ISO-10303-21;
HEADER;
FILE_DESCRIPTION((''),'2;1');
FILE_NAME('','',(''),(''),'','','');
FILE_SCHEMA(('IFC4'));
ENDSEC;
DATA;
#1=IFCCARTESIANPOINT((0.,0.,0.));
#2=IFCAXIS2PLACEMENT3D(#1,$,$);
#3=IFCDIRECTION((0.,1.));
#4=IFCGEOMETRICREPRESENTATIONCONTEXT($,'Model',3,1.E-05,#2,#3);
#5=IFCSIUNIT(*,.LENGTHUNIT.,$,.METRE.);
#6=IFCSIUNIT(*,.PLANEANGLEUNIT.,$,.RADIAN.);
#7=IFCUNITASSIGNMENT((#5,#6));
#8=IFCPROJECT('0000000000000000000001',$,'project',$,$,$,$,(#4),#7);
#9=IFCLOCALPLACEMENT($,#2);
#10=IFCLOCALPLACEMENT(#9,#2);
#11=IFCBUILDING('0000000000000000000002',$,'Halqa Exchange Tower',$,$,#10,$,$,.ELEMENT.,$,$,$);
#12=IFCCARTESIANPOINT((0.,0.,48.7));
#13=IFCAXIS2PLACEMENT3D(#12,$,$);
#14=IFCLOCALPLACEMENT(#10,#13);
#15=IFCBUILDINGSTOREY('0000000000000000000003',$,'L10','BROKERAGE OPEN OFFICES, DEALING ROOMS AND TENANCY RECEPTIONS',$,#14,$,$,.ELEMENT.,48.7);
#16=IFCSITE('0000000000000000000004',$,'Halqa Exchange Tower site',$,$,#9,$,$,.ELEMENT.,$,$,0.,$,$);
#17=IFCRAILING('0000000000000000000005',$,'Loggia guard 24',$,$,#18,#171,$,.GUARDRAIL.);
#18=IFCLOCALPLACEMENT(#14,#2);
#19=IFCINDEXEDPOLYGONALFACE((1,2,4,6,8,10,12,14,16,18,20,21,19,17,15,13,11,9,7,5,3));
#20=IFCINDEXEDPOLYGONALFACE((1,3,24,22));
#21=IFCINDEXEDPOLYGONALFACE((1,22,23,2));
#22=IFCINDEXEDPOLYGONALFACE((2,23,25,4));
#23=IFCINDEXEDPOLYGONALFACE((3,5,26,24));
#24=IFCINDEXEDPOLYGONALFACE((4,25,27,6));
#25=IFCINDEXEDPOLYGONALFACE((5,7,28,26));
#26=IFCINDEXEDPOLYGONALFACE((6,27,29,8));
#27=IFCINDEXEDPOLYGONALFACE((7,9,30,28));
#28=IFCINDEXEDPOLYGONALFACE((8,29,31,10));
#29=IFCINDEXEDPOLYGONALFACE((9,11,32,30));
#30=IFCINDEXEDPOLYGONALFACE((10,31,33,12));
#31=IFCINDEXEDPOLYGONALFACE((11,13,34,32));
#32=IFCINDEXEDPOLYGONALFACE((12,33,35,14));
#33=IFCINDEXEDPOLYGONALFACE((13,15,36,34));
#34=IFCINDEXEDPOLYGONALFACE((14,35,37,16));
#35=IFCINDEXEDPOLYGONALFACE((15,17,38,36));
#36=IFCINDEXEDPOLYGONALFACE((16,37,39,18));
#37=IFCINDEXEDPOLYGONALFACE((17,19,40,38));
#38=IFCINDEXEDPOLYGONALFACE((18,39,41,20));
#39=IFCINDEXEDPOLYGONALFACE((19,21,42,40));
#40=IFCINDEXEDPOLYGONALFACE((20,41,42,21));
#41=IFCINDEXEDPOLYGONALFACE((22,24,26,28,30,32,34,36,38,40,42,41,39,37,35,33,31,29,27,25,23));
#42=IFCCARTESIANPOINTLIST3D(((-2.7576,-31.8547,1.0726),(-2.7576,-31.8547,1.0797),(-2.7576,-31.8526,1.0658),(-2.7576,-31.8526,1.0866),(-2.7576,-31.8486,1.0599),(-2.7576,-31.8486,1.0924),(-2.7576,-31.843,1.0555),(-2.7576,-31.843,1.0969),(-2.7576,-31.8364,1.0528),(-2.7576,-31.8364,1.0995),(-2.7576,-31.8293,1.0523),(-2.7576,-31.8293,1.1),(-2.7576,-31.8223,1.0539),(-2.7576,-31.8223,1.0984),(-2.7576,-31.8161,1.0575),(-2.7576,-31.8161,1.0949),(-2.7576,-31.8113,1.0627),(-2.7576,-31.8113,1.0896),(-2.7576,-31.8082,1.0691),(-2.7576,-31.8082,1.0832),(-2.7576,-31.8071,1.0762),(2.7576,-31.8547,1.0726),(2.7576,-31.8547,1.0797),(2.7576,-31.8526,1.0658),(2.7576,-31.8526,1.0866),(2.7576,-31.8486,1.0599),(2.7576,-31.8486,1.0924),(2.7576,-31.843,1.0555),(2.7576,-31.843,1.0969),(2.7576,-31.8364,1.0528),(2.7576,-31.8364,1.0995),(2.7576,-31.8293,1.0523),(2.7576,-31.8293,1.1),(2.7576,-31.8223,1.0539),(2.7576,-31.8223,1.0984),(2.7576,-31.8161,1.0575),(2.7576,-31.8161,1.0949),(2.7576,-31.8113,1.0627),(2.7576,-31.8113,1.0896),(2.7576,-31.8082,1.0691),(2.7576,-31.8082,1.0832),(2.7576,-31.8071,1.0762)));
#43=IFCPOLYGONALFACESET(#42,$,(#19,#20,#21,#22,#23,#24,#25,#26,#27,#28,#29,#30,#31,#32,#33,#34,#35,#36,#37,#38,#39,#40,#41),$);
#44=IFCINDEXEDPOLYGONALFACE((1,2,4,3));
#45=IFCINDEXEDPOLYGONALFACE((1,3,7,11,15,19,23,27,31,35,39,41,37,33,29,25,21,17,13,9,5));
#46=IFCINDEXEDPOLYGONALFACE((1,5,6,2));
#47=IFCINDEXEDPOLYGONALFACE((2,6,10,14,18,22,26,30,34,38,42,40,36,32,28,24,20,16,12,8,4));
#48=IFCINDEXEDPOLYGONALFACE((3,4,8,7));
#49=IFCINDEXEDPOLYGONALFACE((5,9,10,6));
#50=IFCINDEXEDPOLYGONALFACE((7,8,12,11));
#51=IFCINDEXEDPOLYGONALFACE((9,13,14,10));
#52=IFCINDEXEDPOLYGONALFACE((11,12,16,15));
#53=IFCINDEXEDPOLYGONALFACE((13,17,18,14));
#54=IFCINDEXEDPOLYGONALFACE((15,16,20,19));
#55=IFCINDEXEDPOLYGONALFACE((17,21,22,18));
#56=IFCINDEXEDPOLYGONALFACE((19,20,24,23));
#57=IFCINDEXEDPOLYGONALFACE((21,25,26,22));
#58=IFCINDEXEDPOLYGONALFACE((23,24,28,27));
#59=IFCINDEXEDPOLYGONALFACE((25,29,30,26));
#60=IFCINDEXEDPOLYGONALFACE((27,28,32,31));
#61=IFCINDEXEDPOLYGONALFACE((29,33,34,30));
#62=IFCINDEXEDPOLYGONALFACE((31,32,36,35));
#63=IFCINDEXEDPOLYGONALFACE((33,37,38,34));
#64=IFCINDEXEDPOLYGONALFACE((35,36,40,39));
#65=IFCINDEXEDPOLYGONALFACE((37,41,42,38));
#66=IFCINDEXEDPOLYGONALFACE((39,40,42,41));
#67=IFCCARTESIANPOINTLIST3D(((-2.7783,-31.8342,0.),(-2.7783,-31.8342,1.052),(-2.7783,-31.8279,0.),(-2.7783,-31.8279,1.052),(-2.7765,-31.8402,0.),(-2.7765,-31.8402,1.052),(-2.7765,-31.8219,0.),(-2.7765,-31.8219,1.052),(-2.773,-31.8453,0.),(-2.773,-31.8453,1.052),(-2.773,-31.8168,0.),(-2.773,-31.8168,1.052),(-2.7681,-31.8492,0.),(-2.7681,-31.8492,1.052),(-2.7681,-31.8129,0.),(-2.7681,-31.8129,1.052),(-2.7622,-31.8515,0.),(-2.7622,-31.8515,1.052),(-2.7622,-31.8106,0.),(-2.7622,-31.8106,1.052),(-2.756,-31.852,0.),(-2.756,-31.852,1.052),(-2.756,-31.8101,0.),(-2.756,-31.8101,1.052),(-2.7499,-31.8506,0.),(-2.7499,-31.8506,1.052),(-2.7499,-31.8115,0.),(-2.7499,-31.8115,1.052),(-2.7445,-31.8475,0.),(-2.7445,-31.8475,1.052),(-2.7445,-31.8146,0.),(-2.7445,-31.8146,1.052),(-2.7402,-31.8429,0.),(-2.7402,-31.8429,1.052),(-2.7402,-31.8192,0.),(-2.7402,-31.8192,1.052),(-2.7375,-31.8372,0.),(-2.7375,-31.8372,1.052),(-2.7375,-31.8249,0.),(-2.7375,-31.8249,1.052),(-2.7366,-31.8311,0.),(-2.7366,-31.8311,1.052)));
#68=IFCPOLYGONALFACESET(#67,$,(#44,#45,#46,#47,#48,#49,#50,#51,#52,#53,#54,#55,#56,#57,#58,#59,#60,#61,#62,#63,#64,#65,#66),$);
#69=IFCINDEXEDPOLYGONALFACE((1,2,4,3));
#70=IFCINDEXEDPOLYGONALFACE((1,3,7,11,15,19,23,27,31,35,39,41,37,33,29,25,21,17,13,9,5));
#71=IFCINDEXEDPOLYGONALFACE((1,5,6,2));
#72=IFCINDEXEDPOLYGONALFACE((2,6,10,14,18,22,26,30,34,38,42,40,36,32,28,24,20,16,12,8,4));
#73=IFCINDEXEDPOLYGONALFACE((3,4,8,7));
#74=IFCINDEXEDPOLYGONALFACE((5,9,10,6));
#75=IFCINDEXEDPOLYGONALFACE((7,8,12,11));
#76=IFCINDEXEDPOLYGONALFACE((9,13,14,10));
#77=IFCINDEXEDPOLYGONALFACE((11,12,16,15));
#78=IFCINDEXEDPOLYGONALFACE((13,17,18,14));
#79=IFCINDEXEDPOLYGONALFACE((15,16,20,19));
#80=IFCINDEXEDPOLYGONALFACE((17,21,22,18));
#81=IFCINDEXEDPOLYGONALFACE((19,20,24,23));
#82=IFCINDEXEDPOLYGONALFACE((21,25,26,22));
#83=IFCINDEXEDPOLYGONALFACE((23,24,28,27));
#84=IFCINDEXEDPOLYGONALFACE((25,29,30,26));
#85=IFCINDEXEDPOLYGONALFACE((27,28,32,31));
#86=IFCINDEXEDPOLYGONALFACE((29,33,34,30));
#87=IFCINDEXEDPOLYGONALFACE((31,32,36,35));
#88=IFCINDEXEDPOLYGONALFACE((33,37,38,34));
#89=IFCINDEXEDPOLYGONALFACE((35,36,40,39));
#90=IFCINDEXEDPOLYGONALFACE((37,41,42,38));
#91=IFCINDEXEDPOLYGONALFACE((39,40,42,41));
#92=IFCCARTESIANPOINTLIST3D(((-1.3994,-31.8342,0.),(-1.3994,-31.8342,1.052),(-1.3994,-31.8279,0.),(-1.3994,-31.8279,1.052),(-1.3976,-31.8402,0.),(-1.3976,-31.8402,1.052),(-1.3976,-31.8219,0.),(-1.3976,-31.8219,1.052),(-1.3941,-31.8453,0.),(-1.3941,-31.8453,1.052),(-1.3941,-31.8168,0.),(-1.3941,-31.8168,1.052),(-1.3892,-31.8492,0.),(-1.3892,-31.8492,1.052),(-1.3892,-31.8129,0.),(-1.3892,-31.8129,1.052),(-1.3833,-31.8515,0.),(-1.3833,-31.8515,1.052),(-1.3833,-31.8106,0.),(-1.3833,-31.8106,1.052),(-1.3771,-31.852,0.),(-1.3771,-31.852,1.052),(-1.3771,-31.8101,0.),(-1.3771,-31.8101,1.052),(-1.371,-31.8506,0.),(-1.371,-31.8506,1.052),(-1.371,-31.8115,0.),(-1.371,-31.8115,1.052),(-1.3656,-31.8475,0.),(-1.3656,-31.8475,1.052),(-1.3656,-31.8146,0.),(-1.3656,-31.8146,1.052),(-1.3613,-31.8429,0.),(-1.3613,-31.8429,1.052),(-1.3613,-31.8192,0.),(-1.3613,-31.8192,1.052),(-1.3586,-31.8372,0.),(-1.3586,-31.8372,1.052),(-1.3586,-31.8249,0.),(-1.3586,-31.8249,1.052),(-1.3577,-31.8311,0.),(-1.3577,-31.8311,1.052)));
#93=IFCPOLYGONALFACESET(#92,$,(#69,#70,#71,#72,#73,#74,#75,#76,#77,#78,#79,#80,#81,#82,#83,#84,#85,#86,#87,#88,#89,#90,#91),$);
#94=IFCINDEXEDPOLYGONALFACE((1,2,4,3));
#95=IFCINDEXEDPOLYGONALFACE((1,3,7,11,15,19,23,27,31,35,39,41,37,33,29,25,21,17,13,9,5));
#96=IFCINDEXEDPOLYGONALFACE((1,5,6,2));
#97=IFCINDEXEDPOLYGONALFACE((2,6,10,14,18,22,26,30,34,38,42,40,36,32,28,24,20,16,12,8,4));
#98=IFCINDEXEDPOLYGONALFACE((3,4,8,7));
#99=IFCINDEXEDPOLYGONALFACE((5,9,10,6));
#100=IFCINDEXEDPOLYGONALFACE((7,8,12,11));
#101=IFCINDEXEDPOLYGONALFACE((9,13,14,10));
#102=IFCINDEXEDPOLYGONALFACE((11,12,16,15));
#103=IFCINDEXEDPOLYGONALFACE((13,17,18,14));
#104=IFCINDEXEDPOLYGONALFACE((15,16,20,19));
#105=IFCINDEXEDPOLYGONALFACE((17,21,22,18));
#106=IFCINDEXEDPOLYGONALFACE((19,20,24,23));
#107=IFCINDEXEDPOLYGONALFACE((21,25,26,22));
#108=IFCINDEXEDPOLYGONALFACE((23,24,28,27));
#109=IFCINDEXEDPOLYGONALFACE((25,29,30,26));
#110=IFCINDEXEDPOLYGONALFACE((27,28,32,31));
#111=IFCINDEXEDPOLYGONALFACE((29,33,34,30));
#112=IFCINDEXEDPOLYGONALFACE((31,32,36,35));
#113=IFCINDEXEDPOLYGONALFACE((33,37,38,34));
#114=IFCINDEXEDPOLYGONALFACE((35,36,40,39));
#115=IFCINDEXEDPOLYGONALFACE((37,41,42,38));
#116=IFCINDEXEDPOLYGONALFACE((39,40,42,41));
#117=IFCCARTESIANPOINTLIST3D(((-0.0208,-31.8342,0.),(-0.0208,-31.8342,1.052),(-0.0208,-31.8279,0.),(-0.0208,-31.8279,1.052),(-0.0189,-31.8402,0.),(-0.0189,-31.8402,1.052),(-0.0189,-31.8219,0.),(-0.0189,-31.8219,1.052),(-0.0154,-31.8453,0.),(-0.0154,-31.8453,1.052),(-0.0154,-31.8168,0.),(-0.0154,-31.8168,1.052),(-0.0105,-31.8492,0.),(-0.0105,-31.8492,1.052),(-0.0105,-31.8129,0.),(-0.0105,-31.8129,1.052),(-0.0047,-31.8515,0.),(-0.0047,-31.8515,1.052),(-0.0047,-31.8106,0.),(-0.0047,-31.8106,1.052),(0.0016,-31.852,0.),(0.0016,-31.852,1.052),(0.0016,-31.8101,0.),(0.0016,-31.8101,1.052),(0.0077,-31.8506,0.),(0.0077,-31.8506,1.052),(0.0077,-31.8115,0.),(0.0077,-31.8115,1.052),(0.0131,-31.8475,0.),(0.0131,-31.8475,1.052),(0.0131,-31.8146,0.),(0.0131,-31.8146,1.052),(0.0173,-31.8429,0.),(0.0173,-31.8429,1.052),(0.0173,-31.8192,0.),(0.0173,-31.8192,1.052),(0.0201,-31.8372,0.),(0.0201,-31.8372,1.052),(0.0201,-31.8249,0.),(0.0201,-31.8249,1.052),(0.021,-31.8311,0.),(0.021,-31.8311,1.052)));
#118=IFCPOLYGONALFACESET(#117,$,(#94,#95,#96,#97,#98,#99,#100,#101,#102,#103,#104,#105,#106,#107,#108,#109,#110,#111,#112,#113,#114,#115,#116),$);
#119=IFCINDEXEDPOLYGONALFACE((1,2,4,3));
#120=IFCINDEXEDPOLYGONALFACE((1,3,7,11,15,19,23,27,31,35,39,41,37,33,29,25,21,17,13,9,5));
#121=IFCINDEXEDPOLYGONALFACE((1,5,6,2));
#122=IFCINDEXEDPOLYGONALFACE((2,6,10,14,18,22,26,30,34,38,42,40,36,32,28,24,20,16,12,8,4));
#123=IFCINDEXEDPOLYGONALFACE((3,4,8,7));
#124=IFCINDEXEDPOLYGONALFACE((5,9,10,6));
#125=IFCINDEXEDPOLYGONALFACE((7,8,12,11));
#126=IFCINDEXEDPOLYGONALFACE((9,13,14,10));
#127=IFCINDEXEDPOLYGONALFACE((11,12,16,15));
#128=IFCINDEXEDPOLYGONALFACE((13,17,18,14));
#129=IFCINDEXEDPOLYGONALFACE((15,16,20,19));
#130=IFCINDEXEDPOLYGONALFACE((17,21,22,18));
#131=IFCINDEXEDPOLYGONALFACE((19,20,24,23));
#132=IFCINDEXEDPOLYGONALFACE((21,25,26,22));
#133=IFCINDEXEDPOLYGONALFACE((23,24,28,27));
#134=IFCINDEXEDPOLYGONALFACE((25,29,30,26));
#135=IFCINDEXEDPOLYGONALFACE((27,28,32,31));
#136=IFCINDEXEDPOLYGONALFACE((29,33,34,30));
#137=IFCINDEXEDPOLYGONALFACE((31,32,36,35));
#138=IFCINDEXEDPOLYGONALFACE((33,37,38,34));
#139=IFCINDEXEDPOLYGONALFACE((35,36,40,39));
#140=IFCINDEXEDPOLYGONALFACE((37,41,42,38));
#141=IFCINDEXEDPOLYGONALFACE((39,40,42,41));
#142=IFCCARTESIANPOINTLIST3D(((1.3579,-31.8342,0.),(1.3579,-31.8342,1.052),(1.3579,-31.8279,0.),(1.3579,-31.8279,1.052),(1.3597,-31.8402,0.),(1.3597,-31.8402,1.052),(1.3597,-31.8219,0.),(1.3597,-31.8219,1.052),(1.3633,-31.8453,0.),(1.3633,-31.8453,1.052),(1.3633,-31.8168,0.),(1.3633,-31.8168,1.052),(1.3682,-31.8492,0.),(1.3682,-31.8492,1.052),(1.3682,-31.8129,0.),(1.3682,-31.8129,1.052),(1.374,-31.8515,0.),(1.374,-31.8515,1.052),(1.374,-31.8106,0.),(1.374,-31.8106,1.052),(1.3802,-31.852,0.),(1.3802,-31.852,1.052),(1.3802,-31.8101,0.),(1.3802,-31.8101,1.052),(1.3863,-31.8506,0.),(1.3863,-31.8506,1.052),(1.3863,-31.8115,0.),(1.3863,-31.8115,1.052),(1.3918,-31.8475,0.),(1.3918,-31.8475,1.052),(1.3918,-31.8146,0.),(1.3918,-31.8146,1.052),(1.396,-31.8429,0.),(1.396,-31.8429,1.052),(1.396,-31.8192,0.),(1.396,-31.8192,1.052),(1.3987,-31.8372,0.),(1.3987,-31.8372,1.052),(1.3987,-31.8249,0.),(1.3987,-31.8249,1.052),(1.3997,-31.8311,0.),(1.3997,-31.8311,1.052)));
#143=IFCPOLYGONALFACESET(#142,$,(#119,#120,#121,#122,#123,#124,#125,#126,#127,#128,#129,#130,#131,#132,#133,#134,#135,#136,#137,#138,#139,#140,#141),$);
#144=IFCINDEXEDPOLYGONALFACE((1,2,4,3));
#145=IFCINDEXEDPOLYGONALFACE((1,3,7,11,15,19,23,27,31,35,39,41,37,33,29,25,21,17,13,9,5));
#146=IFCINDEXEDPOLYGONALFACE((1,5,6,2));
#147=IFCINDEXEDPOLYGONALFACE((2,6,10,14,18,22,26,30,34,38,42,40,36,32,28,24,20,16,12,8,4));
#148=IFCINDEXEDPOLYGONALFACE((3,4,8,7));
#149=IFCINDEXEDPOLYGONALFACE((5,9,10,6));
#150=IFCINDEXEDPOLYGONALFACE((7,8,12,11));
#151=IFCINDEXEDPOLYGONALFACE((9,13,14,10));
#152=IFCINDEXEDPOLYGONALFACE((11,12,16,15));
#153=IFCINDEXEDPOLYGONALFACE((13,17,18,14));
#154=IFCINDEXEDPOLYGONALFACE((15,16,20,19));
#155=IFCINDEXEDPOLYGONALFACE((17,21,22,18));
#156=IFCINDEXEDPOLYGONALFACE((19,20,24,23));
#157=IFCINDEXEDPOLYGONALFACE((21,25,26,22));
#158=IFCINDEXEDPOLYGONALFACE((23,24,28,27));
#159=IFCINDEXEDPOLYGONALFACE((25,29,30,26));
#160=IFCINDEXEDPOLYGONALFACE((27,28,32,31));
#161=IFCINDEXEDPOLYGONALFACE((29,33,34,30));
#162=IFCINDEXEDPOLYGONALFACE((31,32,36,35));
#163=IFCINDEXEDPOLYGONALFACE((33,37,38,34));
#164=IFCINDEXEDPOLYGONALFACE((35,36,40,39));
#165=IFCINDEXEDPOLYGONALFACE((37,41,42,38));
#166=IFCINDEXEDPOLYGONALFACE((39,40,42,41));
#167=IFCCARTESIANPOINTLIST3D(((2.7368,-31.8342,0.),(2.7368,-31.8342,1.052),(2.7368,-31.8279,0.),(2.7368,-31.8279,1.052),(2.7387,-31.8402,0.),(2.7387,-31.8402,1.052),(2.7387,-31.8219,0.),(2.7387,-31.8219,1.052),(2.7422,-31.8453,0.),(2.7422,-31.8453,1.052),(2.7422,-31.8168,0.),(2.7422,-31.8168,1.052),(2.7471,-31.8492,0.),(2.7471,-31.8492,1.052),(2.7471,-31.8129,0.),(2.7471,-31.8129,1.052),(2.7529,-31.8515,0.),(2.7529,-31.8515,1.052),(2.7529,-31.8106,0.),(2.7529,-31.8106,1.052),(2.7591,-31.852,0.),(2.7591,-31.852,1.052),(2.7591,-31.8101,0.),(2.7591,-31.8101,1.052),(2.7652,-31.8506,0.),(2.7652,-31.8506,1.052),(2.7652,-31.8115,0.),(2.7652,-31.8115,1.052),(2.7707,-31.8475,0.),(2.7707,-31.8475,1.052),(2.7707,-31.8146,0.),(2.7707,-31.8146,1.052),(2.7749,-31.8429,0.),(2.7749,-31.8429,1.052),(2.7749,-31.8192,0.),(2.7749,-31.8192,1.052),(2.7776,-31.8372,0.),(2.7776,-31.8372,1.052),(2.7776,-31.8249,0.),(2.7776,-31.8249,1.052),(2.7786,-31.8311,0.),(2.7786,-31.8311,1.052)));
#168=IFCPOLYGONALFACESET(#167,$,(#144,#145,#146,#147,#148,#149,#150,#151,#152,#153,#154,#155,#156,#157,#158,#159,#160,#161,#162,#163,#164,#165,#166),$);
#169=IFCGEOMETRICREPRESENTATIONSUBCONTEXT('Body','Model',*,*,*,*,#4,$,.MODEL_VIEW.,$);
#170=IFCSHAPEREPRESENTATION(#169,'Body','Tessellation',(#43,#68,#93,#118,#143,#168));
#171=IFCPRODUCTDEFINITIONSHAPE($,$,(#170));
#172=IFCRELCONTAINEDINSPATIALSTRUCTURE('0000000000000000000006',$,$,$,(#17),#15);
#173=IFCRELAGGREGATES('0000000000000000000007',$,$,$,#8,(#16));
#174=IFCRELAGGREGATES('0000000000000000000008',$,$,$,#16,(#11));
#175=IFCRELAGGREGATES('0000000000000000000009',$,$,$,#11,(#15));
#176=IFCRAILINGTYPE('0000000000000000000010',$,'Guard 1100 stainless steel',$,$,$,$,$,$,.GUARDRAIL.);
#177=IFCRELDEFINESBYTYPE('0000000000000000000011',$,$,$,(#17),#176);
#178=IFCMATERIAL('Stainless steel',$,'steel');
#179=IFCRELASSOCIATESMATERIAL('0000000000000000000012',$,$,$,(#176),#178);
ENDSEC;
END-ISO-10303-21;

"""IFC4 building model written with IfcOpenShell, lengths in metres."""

from ifc_helpers import new_model, si_unit, direction, frame, origin, origin_2d, place, context, subcontext, project, spatial, circle, extrude, material, type_object, element, save


model = new_model("IFC4")

# Units and contexts
model_context = context("Model", 3, precision=1e-05, world=origin(), true_north=direction((0.0, 1.0)))
body_context = subcontext(model_context, "Body", "Model", "MODEL_VIEW")
ifc_project = project(units=[si_unit("LENGTHUNIT", "METRE"), si_unit("PLANEANGLEUNIT", "RADIAN")], contexts=[model_context])

# Site, building, storey
site_placement = place(None, origin())
site = spatial("IfcSite", under=ifc_project, at=site_placement, Name="Halqa Exchange Tower site", CompositionType="ELEMENT", RefElevation=0.0)
building_placement = place(site_placement, origin())
building = spatial("IfcBuilding", under=site, at=building_placement, Name="Halqa Exchange Tower", CompositionType="ELEMENT")
storey_placement = place(building_placement, frame((0.0, 0.0, 48.7)))
storey = spatial("IfcBuildingStorey", under=building, at=storey_placement, Name="L10", Description="BROKERAGE OPEN OFFICES, DEALING ROOMS AND TENANCY RECEPTIONS", CompositionType="ELEMENT", Elevation=48.7)

# Railing
ifc_material_1 = material(Name="Stainless steel", Category="steel")
railing_type = type_object("IfcRailingType", Name="Guard 1100 stainless steel", PredefinedType="GUARDRAIL", material=ifc_material_1)
railing_1_placement = place(storey_placement, frame((-2.7576, -31.8311, 0.0)))
element("IfcRailing", 1, at=railing_1_placement, inside=storey, type_object=railing_type, Name="Loggia guard 24", PredefinedType="GUARDRAIL", context=body_context, shape_type="SweptSolid", body=[
    extrude(circle(Radius=0.0239, at=origin_2d()), frame((0.0, 0.0, 1.0762), z_axis=(1.0, 0.0, 0.0), x_axis=(0.0, 1.0, 0.0)), (0.0, 0.0, 1.0), 5.5151),
    extrude(circle(Radius=0.021, at=origin_2d()), origin(), (0.0, 0.0, 1.0), 1.052),
    extrude(circle(Radius=0.021, at=origin_2d()), frame((1.3789, 0.0, 0.0)), (0.0, 0.0, 1.0), 1.052),
    extrude(circle(Radius=0.021, at=origin_2d()), frame((2.7576, 0.0, 0.0)), (0.0, 0.0, 1.0), 1.052),
    extrude(circle(Radius=0.021, at=origin_2d()), frame((4.1362, 0.0, 0.0)), (0.0, 0.0, 1.0), 1.052),
    extrude(circle(Radius=0.021, at=origin_2d()), frame((5.5151, 0.0, 0.0)), (0.0, 0.0, 1.0), 1.052),
])

save(model, "model.ifc")
